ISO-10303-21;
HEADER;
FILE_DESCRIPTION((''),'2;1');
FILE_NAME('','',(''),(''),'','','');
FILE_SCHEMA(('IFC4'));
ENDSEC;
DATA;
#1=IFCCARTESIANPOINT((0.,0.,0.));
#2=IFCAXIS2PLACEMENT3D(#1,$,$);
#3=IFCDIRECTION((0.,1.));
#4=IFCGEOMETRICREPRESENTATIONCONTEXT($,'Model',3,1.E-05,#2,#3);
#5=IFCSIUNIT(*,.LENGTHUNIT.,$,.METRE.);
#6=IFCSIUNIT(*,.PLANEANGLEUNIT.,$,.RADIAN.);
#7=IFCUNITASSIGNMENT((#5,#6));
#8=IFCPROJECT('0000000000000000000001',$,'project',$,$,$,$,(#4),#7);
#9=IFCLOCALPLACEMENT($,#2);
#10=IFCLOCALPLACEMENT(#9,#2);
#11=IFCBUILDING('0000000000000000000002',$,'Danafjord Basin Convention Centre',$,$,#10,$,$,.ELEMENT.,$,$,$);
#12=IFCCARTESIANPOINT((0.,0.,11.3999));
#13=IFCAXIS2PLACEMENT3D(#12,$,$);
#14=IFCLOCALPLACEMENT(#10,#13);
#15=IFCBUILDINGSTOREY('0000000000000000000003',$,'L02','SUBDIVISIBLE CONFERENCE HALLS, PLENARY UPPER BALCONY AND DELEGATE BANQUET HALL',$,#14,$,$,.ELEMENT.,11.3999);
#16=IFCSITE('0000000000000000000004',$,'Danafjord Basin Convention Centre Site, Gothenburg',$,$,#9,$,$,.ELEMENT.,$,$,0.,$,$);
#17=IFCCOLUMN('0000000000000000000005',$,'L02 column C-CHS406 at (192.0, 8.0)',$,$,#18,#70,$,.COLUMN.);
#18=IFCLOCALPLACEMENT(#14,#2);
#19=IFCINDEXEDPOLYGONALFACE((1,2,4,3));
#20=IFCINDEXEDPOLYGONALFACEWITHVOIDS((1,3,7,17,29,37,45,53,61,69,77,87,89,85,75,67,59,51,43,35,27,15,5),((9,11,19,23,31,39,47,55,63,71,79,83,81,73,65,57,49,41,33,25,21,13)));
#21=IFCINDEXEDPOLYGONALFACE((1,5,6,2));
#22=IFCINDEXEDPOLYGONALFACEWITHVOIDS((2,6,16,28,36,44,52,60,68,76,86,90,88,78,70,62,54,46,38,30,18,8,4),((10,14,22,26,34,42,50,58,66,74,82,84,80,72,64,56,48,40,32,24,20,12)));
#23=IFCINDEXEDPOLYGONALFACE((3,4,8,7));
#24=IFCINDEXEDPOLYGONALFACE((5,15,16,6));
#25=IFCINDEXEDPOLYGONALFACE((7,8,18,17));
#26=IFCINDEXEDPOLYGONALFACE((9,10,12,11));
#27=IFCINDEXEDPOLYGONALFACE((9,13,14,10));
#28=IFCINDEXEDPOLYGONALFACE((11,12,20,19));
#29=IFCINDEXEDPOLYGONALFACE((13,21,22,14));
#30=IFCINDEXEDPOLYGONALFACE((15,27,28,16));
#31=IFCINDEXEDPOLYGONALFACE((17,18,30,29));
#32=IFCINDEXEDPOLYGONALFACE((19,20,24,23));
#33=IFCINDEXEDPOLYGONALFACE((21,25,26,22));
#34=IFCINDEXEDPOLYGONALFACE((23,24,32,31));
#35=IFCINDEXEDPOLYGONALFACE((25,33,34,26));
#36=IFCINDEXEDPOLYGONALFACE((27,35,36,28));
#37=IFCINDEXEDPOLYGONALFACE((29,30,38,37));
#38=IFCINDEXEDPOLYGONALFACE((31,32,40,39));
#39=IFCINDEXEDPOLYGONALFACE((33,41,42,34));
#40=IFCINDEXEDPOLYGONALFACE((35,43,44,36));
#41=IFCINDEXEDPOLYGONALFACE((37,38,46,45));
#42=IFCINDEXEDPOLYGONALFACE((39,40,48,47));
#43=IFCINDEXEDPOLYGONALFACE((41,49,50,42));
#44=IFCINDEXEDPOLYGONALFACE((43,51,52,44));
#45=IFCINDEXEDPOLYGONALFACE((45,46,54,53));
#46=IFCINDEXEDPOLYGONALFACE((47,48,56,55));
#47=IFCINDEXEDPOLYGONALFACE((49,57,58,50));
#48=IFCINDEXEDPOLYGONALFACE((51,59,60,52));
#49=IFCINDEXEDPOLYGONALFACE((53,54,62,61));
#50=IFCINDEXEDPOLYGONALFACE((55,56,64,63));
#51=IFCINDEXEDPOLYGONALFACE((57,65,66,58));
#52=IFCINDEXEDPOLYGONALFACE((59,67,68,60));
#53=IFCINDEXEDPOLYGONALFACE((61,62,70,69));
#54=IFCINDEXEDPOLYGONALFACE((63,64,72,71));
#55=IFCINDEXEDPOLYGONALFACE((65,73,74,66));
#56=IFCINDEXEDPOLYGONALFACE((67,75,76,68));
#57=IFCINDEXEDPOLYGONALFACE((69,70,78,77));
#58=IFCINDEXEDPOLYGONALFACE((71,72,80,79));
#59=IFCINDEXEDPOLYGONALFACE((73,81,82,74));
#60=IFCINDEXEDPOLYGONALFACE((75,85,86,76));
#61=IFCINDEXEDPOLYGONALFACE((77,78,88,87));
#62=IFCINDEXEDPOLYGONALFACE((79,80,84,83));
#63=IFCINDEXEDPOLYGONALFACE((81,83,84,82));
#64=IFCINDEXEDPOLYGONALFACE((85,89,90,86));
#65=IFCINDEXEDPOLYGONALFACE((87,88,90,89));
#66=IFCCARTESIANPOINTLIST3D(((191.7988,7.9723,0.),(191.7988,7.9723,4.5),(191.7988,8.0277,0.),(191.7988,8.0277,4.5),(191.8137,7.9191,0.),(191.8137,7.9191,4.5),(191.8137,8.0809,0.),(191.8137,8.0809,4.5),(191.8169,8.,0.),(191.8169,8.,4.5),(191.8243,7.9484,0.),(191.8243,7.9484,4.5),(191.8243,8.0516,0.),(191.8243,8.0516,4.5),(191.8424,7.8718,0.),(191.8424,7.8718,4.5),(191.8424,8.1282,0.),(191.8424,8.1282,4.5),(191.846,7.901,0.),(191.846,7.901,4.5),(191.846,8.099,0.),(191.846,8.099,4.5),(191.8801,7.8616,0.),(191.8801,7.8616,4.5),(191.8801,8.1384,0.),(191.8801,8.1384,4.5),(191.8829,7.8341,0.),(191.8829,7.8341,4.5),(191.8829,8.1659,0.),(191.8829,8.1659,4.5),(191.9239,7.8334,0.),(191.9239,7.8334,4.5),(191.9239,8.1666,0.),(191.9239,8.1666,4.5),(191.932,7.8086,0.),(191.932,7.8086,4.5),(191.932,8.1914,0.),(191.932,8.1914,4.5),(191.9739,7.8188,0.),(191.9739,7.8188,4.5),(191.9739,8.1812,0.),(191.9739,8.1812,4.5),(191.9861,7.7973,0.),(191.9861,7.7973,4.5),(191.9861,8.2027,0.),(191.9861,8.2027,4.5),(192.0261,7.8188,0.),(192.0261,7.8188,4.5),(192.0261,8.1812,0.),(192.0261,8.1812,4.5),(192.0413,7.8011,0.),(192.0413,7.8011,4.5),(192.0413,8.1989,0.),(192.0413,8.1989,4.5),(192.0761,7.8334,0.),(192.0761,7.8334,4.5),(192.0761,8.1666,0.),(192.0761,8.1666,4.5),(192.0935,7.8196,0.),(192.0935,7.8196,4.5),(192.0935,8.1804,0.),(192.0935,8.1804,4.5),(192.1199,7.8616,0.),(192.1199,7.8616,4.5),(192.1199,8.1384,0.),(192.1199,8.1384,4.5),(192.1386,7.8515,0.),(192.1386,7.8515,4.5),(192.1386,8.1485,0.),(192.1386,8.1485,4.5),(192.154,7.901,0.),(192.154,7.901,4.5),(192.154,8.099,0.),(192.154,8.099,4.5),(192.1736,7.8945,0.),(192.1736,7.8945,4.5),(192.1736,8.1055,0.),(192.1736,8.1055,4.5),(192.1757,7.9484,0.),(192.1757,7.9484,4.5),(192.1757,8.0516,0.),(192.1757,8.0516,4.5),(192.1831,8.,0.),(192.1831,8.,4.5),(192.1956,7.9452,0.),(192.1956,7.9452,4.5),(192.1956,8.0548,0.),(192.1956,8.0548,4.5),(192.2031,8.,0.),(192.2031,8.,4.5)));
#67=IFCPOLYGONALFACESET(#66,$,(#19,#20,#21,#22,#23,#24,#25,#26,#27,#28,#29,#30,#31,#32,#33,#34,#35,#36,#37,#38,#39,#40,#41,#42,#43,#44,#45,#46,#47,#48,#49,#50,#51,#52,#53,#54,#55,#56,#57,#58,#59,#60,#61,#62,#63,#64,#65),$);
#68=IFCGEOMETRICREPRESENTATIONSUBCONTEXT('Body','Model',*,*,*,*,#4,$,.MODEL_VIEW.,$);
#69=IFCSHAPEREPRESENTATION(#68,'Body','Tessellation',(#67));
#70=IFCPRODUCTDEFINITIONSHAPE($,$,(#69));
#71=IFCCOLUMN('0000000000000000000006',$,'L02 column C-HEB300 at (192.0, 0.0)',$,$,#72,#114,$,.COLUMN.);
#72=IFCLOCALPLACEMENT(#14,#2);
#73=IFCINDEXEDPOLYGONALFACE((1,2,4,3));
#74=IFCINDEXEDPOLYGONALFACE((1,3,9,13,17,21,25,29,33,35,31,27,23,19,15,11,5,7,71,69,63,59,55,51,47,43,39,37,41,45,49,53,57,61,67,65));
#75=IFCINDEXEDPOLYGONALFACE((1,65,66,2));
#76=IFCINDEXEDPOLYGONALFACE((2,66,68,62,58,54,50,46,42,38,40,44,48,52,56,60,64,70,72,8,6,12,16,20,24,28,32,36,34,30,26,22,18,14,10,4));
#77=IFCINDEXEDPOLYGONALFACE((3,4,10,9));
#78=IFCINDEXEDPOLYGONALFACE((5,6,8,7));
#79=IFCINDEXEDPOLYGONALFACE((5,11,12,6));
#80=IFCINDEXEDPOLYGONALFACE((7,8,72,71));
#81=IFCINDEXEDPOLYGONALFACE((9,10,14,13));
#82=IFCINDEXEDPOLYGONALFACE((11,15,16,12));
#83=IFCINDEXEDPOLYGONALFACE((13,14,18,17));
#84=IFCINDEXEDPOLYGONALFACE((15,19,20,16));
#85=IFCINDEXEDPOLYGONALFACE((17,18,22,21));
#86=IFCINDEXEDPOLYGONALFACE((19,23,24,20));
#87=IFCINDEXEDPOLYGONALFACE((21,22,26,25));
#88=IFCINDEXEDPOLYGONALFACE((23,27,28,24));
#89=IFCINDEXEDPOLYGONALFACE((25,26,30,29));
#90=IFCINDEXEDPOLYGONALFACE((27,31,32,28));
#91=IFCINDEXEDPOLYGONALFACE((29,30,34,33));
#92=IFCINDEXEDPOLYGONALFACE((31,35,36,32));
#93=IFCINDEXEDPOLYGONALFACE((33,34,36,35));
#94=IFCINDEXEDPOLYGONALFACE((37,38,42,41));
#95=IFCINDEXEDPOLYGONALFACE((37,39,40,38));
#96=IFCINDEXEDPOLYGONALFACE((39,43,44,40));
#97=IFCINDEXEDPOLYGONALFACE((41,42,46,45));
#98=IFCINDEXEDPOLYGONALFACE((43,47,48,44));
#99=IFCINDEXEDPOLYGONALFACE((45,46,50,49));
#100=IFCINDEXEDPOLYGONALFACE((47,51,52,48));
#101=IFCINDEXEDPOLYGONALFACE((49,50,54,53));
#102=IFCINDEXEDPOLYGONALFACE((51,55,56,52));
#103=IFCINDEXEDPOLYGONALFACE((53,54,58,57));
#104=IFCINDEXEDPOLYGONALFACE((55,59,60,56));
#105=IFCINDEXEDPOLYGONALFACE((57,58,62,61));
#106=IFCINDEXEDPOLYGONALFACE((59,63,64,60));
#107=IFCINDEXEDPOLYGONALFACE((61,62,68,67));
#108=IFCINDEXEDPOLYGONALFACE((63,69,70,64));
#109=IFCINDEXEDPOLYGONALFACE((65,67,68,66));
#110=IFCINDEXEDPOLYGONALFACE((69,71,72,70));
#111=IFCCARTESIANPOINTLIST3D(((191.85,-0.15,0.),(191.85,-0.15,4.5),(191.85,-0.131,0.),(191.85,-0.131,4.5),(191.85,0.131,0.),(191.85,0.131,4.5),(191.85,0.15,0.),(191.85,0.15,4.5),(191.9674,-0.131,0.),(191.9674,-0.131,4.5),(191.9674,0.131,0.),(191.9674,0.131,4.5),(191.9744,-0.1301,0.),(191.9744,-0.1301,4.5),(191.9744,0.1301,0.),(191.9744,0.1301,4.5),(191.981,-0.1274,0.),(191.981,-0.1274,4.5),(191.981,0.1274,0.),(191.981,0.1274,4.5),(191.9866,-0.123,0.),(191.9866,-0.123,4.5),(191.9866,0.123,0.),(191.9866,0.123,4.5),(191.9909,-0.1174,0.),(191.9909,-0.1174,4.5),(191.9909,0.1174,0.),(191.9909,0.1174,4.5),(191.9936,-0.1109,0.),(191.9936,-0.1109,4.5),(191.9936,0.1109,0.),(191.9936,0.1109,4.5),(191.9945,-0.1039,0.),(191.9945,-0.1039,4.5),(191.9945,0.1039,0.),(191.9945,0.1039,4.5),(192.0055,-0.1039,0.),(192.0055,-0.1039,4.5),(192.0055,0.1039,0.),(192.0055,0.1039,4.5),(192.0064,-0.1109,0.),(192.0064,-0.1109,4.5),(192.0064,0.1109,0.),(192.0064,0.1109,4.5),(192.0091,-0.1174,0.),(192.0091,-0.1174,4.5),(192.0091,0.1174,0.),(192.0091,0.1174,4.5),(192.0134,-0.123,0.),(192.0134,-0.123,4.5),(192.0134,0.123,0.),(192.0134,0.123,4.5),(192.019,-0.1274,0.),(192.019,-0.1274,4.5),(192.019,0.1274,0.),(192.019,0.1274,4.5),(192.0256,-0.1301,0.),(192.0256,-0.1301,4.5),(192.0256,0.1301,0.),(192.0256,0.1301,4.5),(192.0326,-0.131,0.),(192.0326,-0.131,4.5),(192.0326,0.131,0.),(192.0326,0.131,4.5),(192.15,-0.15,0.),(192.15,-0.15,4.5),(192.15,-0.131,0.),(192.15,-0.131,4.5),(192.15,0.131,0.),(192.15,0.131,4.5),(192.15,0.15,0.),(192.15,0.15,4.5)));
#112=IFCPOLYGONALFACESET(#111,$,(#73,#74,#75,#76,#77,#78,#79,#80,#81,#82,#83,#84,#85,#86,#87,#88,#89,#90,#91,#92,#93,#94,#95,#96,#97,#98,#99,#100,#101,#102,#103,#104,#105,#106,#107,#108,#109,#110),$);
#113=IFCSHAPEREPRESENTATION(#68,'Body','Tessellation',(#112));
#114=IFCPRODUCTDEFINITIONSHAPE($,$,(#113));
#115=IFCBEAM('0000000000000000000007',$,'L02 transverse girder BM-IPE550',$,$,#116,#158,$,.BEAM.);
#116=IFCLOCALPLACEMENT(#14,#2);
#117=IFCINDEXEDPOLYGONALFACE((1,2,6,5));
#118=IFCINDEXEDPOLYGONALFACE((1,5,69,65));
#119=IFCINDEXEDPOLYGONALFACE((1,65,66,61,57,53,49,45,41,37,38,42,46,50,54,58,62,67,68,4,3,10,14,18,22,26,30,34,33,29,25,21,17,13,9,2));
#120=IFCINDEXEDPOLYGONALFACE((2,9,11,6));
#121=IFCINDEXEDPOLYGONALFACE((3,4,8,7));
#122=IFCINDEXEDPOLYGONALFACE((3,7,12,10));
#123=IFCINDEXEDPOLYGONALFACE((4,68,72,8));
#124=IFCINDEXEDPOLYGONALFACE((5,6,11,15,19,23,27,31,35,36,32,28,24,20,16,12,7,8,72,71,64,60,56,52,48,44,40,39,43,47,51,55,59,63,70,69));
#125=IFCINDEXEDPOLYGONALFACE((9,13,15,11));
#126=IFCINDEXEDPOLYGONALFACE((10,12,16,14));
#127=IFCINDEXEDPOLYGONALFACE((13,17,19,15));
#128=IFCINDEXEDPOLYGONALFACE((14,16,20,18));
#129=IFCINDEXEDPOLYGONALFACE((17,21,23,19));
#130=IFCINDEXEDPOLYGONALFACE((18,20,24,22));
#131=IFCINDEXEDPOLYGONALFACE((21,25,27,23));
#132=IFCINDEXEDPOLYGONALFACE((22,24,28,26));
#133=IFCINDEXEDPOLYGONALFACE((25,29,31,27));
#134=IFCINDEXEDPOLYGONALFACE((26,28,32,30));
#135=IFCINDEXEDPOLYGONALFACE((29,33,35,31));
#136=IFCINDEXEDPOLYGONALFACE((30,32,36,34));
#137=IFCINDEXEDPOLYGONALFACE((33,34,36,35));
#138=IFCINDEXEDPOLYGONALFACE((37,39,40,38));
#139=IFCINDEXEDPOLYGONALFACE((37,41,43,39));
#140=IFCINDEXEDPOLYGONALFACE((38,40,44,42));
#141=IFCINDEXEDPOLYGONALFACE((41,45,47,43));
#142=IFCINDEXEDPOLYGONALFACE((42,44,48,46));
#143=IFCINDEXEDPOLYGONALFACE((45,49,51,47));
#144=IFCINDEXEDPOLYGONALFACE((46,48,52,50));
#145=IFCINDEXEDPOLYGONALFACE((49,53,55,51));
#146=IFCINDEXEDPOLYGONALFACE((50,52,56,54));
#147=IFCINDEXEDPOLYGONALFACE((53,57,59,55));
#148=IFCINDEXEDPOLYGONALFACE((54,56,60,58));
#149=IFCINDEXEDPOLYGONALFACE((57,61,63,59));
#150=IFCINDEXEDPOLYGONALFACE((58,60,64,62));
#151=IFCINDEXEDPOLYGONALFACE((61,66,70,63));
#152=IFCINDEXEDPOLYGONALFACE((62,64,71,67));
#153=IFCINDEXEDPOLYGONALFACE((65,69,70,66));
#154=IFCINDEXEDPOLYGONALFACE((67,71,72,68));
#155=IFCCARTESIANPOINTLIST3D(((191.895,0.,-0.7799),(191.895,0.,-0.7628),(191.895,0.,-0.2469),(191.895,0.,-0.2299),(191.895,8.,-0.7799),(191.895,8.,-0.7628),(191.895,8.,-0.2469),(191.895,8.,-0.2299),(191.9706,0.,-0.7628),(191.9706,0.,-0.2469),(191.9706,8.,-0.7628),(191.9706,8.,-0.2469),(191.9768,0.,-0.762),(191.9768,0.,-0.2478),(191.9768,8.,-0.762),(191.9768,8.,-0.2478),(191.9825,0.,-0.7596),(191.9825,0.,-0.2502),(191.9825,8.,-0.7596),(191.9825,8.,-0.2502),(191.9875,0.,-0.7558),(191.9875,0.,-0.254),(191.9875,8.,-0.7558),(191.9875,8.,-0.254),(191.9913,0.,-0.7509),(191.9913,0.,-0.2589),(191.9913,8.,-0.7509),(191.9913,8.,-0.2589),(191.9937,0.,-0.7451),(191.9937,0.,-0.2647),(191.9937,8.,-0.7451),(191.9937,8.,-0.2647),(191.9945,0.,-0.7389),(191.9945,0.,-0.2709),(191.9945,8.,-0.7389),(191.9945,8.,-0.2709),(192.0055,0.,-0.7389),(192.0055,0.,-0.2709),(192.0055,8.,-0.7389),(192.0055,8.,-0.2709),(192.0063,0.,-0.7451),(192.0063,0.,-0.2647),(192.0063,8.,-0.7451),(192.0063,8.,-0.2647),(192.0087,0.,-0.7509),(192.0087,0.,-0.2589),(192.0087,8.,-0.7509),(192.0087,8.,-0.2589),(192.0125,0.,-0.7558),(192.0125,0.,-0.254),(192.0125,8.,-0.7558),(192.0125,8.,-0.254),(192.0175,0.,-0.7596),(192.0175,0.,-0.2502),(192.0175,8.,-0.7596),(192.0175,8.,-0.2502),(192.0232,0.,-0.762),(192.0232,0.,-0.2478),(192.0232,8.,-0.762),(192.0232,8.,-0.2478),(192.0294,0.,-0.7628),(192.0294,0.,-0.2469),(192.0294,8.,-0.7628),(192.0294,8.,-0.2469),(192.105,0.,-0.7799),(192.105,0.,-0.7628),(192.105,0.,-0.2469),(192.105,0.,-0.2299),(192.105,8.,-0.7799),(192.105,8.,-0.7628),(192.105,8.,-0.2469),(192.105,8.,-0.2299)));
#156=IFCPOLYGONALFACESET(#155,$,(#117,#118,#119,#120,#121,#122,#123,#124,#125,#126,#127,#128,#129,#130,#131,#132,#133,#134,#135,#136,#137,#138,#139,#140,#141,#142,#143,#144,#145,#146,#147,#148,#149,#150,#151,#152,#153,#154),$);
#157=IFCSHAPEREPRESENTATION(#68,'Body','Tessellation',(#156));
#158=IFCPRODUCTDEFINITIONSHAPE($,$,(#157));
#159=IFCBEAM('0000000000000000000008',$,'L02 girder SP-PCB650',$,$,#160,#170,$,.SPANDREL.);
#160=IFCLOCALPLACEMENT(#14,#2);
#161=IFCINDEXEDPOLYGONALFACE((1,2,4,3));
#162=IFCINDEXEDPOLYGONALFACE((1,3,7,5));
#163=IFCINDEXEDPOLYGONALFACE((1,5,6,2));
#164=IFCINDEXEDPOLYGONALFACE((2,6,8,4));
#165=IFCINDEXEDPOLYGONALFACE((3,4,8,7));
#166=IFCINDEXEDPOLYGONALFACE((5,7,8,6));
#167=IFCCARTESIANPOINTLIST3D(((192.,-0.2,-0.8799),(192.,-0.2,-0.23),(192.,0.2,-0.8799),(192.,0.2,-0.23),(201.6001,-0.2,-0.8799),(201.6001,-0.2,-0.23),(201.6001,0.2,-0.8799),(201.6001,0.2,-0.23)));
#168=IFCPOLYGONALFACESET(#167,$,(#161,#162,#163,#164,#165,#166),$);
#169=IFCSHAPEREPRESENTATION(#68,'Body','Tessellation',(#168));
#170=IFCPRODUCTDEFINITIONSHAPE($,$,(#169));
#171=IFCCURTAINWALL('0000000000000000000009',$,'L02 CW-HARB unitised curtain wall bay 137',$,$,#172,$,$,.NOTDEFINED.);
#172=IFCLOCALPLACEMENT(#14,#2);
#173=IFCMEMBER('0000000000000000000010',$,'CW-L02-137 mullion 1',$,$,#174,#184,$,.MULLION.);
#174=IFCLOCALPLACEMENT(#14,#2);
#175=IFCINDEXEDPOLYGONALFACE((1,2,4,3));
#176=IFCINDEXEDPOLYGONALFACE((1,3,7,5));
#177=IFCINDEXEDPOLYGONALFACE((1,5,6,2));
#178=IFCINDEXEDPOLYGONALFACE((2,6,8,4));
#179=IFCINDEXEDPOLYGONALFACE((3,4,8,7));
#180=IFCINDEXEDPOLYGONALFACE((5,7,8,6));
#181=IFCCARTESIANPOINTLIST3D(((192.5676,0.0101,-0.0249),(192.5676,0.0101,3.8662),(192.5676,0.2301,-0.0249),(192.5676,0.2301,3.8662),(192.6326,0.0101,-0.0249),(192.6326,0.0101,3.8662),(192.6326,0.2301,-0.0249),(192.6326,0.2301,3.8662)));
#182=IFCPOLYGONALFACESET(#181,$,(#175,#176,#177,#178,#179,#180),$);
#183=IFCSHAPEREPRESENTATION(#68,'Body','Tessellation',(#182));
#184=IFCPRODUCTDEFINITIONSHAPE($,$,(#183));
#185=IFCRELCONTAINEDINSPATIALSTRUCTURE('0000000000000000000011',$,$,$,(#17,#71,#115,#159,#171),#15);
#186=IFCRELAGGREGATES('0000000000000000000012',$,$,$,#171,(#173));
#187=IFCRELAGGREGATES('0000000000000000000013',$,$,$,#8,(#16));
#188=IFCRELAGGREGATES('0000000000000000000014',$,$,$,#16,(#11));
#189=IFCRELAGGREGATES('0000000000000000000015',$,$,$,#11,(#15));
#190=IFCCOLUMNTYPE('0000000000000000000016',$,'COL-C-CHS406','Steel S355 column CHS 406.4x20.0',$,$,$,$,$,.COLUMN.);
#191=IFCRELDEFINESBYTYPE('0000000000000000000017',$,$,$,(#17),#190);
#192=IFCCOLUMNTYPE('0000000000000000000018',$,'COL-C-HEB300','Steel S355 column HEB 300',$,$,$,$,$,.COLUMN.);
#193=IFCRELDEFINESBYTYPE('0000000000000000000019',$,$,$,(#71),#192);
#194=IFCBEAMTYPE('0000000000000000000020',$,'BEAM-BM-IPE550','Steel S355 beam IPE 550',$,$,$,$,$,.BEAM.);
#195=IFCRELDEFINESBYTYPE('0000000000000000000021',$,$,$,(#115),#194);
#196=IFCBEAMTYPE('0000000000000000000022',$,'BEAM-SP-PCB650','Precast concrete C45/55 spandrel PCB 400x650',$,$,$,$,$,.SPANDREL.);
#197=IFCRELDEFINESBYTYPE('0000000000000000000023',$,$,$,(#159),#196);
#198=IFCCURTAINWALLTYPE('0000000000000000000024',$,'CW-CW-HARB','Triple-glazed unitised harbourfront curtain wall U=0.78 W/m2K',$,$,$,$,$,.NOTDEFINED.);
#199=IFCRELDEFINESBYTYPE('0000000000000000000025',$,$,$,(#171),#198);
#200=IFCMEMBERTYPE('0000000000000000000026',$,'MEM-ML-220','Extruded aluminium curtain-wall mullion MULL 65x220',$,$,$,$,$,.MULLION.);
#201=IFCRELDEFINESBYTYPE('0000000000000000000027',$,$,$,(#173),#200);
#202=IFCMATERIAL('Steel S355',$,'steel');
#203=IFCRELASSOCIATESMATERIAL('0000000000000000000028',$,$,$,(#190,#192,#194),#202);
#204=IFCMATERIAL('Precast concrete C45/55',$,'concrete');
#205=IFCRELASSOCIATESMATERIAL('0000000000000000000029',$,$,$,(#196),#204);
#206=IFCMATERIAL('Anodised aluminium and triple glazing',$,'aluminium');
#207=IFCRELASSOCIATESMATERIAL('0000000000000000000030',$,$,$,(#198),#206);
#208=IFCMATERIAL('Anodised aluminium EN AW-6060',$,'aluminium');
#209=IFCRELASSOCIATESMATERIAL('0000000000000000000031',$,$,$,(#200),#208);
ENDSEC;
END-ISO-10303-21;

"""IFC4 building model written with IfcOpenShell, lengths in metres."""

from ifc_helpers import new_model, si_unit, direction, frame, origin, origin_2d, place, context, subcontext, project, spatial, rectangle, hollow_circle, i_section, extrude, material, material_profile, profile_set, type_object, element, aggregate, save


model = new_model("IFC4")

# Units and contexts
model_context = context("Model", 3, precision=1e-05, world=origin(), true_north=direction((0.0, 1.0)))
body_context = subcontext(model_context, "Body", "Model", "MODEL_VIEW")
ifc_project = project(units=[si_unit("LENGTHUNIT", "METRE"), si_unit("PLANEANGLEUNIT", "RADIAN")], contexts=[model_context])

# Site, building, storey
site_placement = place(None, origin())
site = spatial("IfcSite", under=ifc_project, at=site_placement, Name="Danafjord Basin Convention Centre Site, Gothenburg", CompositionType="ELEMENT", RefElevation=0.0)
building_placement = place(site_placement, origin())
building = spatial("IfcBuilding", under=site, at=building_placement, Name="Danafjord Basin Convention Centre", CompositionType="ELEMENT")
storey_placement = place(building_placement, frame((0.0, 0.0, 11.3999)))
storey = spatial("IfcBuildingStorey", under=building, at=storey_placement, Name="L02", Description="SUBDIVISIBLE CONFERENCE HALLS, PLENARY UPPER BALCONY AND DELEGATE BANQUET HALL", CompositionType="ELEMENT", Elevation=11.3999)

# Columns
ifc_material_1 = material(Name="Steel S355", Category="steel")
ifc_material_profile_1 = material_profile(ifc_material_1, hollow_circle(Radius=0.2031, WallThickness=0.02, at=origin_2d()), Name="CHS 406.4x20.0")
ifc_profile_set_1 = profile_set([ifc_material_profile_1], Name="Steel S355")
column_type_1 = type_object("IfcColumnType", Name="COL-C-CHS406", Description="Steel S355 column CHS 406.4x20.0", PredefinedType="COLUMN", material=ifc_profile_set_1)
column_1_placement = place(storey_placement, frame((192.0, 8.0, 0.0), z_axis=(0.0, 0.0, 1.0), x_axis=(1.0, 0.0, 0.0)))
element("IfcColumn", 1, at=column_1_placement, inside=storey, type_object=column_type_1, Name="L02 column C-CHS406 at (192.0, 8.0)", PredefinedType="COLUMN", context=body_context, shape_type="SweptSolid", body=[
    extrude(hollow_circle(Radius=0.2031, WallThickness=0.02, at=origin_2d()), origin(), (0.0, 0.0, 1.0), 4.5),
])
ifc_material_profile_2 = material_profile(ifc_material_1, i_section(OverallWidth=0.3, OverallDepth=0.3, WebThickness=0.011, FlangeThickness=0.019, FilletRadius=0.0271, at=origin_2d()), Name="HEB 300")
ifc_profile_set_2 = profile_set([ifc_material_profile_2], Name="Steel S355")
column_type_2 = type_object("IfcColumnType", Name="COL-C-HEB300", Description="Steel S355 column HEB 300", PredefinedType="COLUMN", material=ifc_profile_set_2)
column_2_placement = place(storey_placement, frame((192.0, 0.0, 0.0), z_axis=(0.0, 0.0, 1.0), x_axis=(1.0, 0.0, 0.0)))
element("IfcColumn", 2, at=column_2_placement, inside=storey, type_object=column_type_2, Name="L02 column C-HEB300 at (192.0, 0.0)", PredefinedType="COLUMN", context=body_context, shape_type="SweptSolid", body=[
    extrude(i_section(OverallWidth=0.3, OverallDepth=0.3, WebThickness=0.011, FlangeThickness=0.019, FilletRadius=0.0271, at=origin_2d()), origin(), (0.0, 0.0, 1.0), 4.5),
])

# Beams
ifc_material_profile_3 = material_profile(ifc_material_1, i_section(OverallWidth=0.21, OverallDepth=0.55, WebThickness=0.011, FlangeThickness=0.0171, FilletRadius=0.0239, at=origin_2d()), Name="IPE 550")
ifc_profile_set_3 = profile_set([ifc_material_profile_3], Name="Steel S355")
beam_type_1 = type_object("IfcBeamType", Name="BEAM-BM-IPE550", Description="Steel S355 beam IPE 550", PredefinedType="BEAM", material=ifc_profile_set_3)
beam_1_placement = place(storey_placement, frame((192.0, 0.0, -0.5049), z_axis=(0.0, 1.0, 0.0), x_axis=(-1.0, 0.0, 0.0)))
element("IfcBeam", 3, at=beam_1_placement, inside=storey, type_object=beam_type_1, Name="L02 transverse girder BM-IPE550", PredefinedType="BEAM", context=body_context, shape_type="SweptSolid", body=[
    extrude(i_section(OverallWidth=0.21, OverallDepth=0.55, WebThickness=0.011, FlangeThickness=0.0171, FilletRadius=0.0239, at=origin_2d()), origin(), (0.0, 0.0, 1.0), 8.0),
])
ifc_material_2 = material(Name="Precast concrete C45/55", Category="concrete")
ifc_material_profile_4 = material_profile(ifc_material_2, rectangle(XDim=0.3999, YDim=0.6499, at=origin_2d()), Name="PCB 400x650")
ifc_profile_set_4 = profile_set([ifc_material_profile_4], Name="Precast concrete C45/55")
beam_type_2 = type_object("IfcBeamType", Name="BEAM-SP-PCB650", Description="Precast concrete C45/55 spandrel PCB 400x650", PredefinedType="SPANDREL", material=ifc_profile_set_4)
beam_2_placement = place(storey_placement, frame((192.0, 0.0, -0.5549), z_axis=(1.0, 0.0, 0.0), x_axis=(0.0, 1.0, 0.0)))
element("IfcBeam", 4, at=beam_2_placement, inside=storey, type_object=beam_type_2, Name="L02 girder SP-PCB650", PredefinedType="SPANDREL", context=body_context, shape_type="SweptSolid", body=[
    extrude(rectangle(XDim=0.3999, YDim=0.6499, at=origin_2d()), origin(), (0.0, 0.0, 1.0), 9.6001),
])

# Curtain wall, member
ifc_material_3 = material(Name="Anodised aluminium and triple glazing", Category="aluminium")
curtain_wall_type = type_object("IfcCurtainWallType", Name="CW-CW-HARB", Description="Triple-glazed unitised harbourfront curtain wall U=0.78 W/m2K", PredefinedType="NOTDEFINED", material=ifc_material_3)
curtain_wall_placement = place(storey_placement, origin())
curtain_wall = element("IfcCurtainWall", 5, at=curtain_wall_placement, inside=storey, type_object=curtain_wall_type, Name="L02 CW-HARB unitised curtain wall bay 137", PredefinedType="NOTDEFINED")
ifc_material_4 = material(Name="Anodised aluminium EN AW-6060", Category="aluminium")
ifc_material_profile_5 = material_profile(ifc_material_4, rectangle(XDim=0.0649, YDim=0.22, at=origin_2d()), Name="MULL 65x220")
ifc_profile_set_5 = profile_set([ifc_material_profile_5], Name="Anodised aluminium EN AW-6060")
member_type_1 = type_object("IfcMemberType", Name="MEM-ML-220", Description="Extruded aluminium curtain-wall mullion MULL 65x220", PredefinedType="MULLION", material=ifc_profile_set_5)
member_1_placement = place(storey_placement, frame((192.6001, 0.1201, -0.0249), z_axis=(0.0, 0.0, 1.0), x_axis=(1.0, 0.0, 0.0)))
member_1 = element("IfcMember", 6, at=member_1_placement, type_object=member_type_1, Name="CW-L02-137 mullion 1", PredefinedType="MULLION", context=body_context, shape_type="SweptSolid", body=[
    extrude(rectangle(XDim=0.0649, YDim=0.22, at=origin_2d()), origin(), (0.0, 0.0, 1.0), 3.8911),
])
aggregate(curtain_wall, [member_1])

save(model, "model.ifc")
